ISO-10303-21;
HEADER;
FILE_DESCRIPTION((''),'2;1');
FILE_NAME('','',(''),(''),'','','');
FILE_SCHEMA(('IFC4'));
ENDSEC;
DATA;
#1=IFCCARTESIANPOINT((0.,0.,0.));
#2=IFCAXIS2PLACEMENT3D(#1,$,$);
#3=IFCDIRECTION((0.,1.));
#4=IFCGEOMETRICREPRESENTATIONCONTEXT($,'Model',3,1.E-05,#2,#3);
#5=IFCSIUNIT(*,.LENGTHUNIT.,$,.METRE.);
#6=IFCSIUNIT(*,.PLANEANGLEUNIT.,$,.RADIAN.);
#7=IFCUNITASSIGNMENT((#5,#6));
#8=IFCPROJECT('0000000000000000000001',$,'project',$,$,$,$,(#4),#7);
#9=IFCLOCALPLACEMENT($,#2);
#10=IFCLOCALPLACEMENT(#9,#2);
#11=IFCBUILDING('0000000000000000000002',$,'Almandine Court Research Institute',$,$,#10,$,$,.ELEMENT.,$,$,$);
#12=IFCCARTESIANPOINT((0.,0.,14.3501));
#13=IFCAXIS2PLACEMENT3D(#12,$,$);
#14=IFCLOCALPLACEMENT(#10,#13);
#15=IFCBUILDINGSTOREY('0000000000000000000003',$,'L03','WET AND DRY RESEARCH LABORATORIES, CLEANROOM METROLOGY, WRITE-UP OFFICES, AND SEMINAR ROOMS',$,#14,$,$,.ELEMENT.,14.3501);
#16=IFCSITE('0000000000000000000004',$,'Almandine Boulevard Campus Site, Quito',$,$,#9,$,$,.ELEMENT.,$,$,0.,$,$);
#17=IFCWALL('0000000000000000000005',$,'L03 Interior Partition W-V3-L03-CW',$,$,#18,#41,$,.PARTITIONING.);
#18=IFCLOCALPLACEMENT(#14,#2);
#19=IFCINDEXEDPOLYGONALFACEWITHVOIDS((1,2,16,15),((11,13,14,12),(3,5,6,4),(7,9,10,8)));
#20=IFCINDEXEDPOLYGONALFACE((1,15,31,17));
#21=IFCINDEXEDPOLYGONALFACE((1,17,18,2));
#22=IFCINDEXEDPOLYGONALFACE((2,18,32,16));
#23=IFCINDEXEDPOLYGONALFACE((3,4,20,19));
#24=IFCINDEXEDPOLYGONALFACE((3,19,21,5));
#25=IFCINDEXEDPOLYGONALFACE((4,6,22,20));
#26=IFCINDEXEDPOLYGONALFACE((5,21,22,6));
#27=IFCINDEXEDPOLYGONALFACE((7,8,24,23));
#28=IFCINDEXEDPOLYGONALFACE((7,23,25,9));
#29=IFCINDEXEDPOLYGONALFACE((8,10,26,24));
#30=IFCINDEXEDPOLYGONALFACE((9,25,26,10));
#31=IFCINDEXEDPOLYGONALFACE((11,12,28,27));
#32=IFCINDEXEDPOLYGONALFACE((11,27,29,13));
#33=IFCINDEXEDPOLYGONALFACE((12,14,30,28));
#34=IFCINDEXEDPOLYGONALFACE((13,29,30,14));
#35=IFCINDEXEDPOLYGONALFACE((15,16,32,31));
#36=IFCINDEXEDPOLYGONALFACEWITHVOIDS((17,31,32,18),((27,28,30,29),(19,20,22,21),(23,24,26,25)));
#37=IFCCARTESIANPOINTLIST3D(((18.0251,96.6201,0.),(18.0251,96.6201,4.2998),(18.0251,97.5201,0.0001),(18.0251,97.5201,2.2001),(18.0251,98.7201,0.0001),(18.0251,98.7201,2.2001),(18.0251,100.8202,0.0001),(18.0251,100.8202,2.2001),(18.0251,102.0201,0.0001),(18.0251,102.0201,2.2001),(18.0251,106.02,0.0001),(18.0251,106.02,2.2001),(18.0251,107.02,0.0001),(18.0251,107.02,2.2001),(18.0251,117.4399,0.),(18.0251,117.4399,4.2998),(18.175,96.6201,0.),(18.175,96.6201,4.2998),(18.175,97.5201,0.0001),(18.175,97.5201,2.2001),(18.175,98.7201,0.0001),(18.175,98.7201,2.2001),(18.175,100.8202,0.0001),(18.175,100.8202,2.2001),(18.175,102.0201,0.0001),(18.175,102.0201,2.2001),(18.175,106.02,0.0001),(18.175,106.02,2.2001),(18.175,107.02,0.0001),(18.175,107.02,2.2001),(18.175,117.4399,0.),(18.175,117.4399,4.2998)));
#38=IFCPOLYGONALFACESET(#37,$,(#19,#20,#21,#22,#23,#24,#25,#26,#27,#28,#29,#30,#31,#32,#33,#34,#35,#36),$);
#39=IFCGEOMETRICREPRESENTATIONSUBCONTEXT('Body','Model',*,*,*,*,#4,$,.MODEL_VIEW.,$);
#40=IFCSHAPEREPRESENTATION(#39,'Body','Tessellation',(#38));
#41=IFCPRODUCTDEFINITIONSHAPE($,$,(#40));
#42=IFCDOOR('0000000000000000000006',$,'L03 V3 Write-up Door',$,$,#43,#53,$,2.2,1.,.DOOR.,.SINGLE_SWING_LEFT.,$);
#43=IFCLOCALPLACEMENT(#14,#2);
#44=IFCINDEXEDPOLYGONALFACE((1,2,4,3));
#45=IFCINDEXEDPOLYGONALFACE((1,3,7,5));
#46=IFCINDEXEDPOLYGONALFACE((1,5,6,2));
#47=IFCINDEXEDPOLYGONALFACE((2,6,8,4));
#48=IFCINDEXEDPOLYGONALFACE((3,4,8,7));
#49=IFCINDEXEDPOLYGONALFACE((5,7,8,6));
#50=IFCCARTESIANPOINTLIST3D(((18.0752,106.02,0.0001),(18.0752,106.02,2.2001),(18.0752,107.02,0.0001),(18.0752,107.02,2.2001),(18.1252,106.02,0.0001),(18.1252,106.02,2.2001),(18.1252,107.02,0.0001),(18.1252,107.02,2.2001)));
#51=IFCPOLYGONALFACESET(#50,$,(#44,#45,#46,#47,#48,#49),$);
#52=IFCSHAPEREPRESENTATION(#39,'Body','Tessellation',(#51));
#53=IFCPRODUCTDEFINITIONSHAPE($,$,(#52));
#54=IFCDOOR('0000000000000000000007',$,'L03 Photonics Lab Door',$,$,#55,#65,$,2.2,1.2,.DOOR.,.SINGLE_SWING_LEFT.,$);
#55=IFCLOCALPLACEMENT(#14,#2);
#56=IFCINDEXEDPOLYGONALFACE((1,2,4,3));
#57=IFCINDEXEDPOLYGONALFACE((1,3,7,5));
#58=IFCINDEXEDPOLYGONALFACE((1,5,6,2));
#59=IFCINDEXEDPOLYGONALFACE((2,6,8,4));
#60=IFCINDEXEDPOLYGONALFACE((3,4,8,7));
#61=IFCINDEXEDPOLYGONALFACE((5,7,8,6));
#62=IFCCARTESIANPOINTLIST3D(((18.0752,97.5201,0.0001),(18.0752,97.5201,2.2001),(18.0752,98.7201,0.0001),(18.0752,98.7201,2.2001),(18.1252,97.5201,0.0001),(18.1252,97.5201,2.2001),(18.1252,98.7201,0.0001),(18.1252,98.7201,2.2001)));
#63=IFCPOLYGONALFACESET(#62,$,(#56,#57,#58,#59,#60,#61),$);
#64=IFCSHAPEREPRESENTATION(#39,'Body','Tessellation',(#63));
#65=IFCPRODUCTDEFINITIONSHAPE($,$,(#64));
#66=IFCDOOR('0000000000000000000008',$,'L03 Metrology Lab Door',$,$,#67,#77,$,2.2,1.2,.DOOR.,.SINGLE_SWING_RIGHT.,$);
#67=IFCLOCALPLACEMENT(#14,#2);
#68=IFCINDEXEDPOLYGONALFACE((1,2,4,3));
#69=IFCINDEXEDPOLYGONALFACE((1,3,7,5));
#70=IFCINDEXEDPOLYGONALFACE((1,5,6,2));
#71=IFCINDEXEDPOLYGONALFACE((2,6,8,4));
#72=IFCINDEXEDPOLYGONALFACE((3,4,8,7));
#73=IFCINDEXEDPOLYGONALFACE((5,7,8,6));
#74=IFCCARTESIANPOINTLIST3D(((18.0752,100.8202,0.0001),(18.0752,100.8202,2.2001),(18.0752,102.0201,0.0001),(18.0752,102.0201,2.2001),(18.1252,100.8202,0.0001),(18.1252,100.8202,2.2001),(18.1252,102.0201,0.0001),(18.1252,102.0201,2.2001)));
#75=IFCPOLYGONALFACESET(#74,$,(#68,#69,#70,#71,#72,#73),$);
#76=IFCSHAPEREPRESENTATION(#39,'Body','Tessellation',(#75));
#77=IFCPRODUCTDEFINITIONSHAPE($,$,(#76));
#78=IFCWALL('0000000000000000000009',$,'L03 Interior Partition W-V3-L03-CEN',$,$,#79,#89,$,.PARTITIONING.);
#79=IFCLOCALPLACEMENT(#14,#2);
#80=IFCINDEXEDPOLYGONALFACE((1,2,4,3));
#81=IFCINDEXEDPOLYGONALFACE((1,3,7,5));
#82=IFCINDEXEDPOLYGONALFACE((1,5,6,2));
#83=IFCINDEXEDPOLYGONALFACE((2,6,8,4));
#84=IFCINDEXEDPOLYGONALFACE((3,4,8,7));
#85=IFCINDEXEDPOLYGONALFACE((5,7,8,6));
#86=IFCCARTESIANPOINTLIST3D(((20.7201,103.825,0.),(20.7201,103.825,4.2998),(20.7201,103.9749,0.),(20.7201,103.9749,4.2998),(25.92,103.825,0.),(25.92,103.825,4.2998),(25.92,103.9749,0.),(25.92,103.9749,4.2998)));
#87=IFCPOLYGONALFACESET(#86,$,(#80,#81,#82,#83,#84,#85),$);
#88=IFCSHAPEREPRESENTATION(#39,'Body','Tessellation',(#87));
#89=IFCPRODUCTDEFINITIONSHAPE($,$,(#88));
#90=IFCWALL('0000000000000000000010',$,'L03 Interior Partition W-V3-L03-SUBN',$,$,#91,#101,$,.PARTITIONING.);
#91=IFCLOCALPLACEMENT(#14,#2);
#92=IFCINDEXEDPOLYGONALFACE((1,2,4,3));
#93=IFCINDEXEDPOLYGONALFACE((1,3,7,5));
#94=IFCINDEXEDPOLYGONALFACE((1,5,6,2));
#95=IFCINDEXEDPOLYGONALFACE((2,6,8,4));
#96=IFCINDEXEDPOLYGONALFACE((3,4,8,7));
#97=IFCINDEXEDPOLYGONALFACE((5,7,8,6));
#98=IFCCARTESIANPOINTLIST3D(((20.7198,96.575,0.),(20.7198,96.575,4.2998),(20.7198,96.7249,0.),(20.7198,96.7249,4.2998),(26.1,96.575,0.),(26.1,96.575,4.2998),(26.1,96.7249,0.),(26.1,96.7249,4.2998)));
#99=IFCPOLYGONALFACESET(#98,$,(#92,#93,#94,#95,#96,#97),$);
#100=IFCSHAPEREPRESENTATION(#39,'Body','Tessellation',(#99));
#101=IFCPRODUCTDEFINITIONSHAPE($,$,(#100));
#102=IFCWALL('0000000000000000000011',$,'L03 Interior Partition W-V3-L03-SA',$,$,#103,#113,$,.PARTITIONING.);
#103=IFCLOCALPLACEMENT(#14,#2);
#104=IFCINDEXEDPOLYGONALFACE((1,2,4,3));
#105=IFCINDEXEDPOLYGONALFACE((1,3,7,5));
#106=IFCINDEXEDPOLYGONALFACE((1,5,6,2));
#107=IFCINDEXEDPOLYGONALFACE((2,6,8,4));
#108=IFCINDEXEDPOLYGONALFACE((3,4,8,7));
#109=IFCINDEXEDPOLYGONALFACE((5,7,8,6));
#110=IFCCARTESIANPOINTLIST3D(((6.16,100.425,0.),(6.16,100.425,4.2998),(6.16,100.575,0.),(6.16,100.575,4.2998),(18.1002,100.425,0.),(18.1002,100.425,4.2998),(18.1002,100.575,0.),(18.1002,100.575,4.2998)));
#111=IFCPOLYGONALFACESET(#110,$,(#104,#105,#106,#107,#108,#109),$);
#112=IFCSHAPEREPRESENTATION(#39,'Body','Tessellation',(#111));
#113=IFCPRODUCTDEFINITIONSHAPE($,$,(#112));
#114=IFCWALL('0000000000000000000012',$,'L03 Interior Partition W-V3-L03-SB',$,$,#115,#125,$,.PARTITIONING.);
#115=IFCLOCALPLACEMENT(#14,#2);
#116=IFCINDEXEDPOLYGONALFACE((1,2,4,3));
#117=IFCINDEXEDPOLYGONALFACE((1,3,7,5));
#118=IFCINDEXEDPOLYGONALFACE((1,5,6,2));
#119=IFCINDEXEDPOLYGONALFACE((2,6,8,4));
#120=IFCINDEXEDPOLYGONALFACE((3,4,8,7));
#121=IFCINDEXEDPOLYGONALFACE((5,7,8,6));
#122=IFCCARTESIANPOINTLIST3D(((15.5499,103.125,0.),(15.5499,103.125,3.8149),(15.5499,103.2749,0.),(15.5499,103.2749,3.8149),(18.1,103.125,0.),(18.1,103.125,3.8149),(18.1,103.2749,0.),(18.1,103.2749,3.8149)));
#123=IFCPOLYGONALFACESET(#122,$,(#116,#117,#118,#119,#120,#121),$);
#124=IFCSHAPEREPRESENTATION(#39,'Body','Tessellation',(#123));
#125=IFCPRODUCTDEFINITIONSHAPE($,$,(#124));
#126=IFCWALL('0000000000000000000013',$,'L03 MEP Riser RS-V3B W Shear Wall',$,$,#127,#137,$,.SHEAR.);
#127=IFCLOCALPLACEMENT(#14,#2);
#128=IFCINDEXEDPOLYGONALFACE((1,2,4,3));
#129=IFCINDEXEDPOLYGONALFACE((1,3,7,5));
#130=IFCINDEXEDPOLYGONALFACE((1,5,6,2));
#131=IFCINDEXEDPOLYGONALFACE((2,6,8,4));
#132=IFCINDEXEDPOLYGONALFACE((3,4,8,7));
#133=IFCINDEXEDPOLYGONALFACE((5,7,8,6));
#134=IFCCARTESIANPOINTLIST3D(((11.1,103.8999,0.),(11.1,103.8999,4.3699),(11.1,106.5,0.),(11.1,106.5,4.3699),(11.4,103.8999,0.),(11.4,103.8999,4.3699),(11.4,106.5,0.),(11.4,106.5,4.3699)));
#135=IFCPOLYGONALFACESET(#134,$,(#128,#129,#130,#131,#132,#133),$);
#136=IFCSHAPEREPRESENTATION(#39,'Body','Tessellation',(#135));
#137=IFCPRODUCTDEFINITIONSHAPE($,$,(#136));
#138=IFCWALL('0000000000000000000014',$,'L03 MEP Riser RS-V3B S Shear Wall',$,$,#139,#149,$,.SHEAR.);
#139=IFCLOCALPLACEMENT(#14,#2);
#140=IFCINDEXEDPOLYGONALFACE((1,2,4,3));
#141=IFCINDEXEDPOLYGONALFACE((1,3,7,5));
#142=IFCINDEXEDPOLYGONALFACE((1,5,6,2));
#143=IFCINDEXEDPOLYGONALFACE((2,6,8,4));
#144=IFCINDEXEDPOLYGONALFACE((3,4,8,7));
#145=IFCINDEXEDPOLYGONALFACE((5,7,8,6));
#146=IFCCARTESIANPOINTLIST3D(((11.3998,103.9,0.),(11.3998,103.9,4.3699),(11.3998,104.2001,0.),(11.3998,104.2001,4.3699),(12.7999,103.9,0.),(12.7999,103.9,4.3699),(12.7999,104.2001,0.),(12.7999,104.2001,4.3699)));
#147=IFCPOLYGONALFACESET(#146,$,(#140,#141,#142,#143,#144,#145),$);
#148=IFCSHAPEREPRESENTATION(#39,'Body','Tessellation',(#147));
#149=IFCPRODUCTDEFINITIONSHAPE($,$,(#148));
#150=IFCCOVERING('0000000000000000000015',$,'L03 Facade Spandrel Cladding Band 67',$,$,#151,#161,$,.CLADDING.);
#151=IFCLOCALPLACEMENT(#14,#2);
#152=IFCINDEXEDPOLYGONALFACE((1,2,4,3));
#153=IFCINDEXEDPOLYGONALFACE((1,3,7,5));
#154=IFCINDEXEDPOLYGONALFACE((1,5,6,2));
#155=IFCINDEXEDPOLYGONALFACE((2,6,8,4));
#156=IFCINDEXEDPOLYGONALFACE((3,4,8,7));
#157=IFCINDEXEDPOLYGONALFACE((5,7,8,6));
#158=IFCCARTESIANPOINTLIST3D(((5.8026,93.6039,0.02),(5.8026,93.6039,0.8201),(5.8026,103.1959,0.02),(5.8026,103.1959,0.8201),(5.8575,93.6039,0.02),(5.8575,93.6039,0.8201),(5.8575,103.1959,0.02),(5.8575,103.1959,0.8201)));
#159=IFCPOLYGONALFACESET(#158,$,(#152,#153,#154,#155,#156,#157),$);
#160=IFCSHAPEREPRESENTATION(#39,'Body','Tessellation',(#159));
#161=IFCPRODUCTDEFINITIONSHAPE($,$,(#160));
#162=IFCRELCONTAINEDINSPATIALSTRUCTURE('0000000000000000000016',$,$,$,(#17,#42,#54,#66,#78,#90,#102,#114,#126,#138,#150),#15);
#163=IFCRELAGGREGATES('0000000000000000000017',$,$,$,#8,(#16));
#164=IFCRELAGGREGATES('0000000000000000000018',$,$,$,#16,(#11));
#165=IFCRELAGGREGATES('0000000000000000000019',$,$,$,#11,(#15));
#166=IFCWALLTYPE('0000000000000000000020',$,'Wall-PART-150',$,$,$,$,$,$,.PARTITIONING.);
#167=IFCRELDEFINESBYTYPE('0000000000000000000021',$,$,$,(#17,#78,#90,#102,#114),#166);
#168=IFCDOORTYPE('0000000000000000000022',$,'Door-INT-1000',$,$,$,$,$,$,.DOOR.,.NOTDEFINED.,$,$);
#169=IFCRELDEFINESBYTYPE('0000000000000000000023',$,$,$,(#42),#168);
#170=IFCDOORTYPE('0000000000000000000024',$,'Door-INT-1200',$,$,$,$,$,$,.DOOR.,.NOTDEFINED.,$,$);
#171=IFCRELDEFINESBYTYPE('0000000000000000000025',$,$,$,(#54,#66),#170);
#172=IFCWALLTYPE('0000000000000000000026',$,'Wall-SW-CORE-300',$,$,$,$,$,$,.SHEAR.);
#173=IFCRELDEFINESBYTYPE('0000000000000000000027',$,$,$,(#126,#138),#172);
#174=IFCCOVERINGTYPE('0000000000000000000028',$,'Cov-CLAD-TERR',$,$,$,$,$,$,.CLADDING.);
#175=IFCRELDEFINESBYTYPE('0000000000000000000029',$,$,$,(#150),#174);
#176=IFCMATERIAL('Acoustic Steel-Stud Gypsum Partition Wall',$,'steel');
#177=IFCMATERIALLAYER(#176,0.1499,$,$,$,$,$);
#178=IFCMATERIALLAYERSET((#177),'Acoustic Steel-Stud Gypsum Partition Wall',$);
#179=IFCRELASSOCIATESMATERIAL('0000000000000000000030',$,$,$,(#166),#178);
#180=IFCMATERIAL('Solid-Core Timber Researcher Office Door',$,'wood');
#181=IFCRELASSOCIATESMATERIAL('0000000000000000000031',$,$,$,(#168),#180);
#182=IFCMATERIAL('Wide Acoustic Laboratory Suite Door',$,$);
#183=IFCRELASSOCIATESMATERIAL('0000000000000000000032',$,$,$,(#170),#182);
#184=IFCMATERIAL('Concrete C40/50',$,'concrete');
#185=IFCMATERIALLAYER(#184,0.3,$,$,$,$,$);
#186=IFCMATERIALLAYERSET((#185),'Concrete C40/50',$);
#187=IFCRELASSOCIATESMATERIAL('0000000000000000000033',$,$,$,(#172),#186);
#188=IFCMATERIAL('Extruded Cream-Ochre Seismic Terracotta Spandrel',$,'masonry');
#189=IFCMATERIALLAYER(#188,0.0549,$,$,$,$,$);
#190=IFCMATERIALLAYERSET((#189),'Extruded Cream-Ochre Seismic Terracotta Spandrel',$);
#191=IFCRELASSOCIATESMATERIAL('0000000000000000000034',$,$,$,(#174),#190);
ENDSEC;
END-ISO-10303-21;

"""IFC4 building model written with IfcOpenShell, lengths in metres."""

from ifc_helpers import new_model, si_unit, direction, frame, frame_2d, origin, origin_2d, place, context, subcontext, project, spatial, rectangle, extrude, material, layer, layer_set, type_object, element, fill, save


model = new_model("IFC4")

# Units and contexts
model_context = context("Model", 3, precision=1e-05, world=origin(), true_north=direction((0.0, 1.0)))
body_context = subcontext(model_context, "Body", "Model", "MODEL_VIEW")
ifc_project = project(units=[si_unit("LENGTHUNIT", "METRE"), si_unit("PLANEANGLEUNIT", "RADIAN")], contexts=[model_context])

# Site, building, storey
site_placement = place(None, origin())
site = spatial("IfcSite", under=ifc_project, at=site_placement, Name="Almandine Boulevard Campus Site, Quito", CompositionType="ELEMENT", RefElevation=0.0)
building_placement = place(site_placement, origin())
building = spatial("IfcBuilding", under=site, at=building_placement, Name="Almandine Court Research Institute", CompositionType="ELEMENT")
storey_placement = place(building_placement, frame((0.0, 0.0, 14.3501)))
storey = spatial("IfcBuildingStorey", under=building, at=storey_placement, Name="L03", Description="WET AND DRY RESEARCH LABORATORIES, CLEANROOM METROLOGY, WRITE-UP OFFICES, AND SEMINAR ROOMS", CompositionType="ELEMENT", Elevation=14.3501)

# Shared definitions
ifc_material_1 = material(Name="Acoustic Steel-Stud Gypsum Partition Wall", Category="steel")
ifc_layer_1 = layer(ifc_material_1, 0.1499)
ifc_layer_set_1 = layer_set([ifc_layer_1], Name="Acoustic Steel-Stud Gypsum Partition Wall")
wall_type_1 = type_object("IfcWallType", Name="Wall-PART-150", PredefinedType="PARTITIONING", material=ifc_layer_set_1)

# Wall, openings, doors
wall_1_placement = place(storey_placement, frame((18.1001, 96.6201, 0.0), z_axis=(0.0, 0.0, 1.0), x_axis=(0.0, 1.0, 0.0)))
wall_1 = element("IfcWall", 1, at=wall_1_placement, inside=storey, type_object=wall_type_1, Name="L03 Interior Partition W-V3-L03-CW", PredefinedType="PARTITIONING", context=body_context, shape_type="SweptSolid", body=[
    extrude(rectangle(XDim=20.8198, YDim=0.1499, at=frame_2d((10.4099, 0.0))), origin(), (0.0, 0.0, 1.0), 4.2998),
])
opening_1_placement = place(wall_1_placement, frame((0.8999, 0.0, 0.0)))
opening_1 = element("IfcOpeningElement", 2, at=opening_1_placement, cuts=wall_1, PredefinedType="OPENING", context=body_context, shape_type="SweptSolid", body=[
    extrude(rectangle(XDim=1.2, YDim=2.2, at=frame_2d((0.6001, 1.1001))), frame((0.0, 0.085, 0.0), z_axis=(0.0, -1.0, 0.0), x_axis=(1.0, 0.0, 0.0)), (0.0, 0.0, 1.0), 0.1699),
])
opening_2_placement = place(wall_1_placement, frame((4.2, 0.0, 0.0)))
opening_2 = element("IfcOpeningElement", 3, at=opening_2_placement, cuts=wall_1, PredefinedType="OPENING", context=body_context, shape_type="SweptSolid", body=[
    extrude(rectangle(XDim=1.2, YDim=2.2, at=frame_2d((0.6001, 1.1001))), frame((0.0, 0.085, 0.0), z_axis=(0.0, -1.0, 0.0), x_axis=(1.0, 0.0, 0.0)), (0.0, 0.0, 1.0), 0.1699),
])
opening_3_placement = place(wall_1_placement, frame((9.3999, 0.0, 0.0)))
opening_3 = element("IfcOpeningElement", 4, at=opening_3_placement, cuts=wall_1, PredefinedType="OPENING", context=body_context, shape_type="SweptSolid", body=[
    extrude(rectangle(XDim=1.0, YDim=2.2, at=frame_2d((0.5, 1.1001))), frame((0.0, 0.085, 0.0), z_axis=(0.0, -1.0, 0.0), x_axis=(1.0, 0.0, 0.0)), (0.0, 0.0, 1.0), 0.1699),
])
ifc_material_2 = material(Name="Solid-Core Timber Researcher Office Door", Category="wood")
door_type_1 = type_object("IfcDoorType", Name="Door-INT-1000", OperationType="NOTDEFINED", PredefinedType="DOOR", material=ifc_material_2)
door_1_placement = place(opening_3_placement, origin())
door_1 = element("IfcDoor", 5, at=door_1_placement, inside=storey, type_object=door_type_1, Name="L03 V3 Write-up Door", OperationType="SINGLE_SWING_LEFT", OverallHeight=2.2, OverallWidth=1.0, PredefinedType="DOOR", context=body_context, shape_type="SweptSolid", body=[
    extrude(rectangle(XDim=1.0, YDim=2.2, at=frame_2d((0.5, 1.1001))), frame((0.0, 0.0249, 0.0), z_axis=(0.0, -1.0, 0.0), x_axis=(1.0, 0.0, 0.0)), (0.0, 0.0, 1.0), 0.05),
])
fill(opening_3, door_1)
ifc_material_3 = material(Name="Wide Acoustic Laboratory Suite Door")
door_type_2 = type_object("IfcDoorType", Name="Door-INT-1200", OperationType="NOTDEFINED", PredefinedType="DOOR", material=ifc_material_3)
door_2_placement = place(opening_1_placement, origin())
door_2 = element("IfcDoor", 6, at=door_2_placement, inside=storey, type_object=door_type_2, Name="L03 Photonics Lab Door", OperationType="SINGLE_SWING_LEFT", OverallHeight=2.2, OverallWidth=1.2, PredefinedType="DOOR", context=body_context, shape_type="SweptSolid", body=[
    extrude(rectangle(XDim=1.2, YDim=2.2, at=frame_2d((0.6001, 1.1001))), frame((0.0, 0.0249, 0.0), z_axis=(0.0, -1.0, 0.0), x_axis=(1.0, 0.0, 0.0)), (0.0, 0.0, 1.0), 0.05),
])
fill(opening_1, door_2)
door_3_placement = place(opening_2_placement, origin())
door_3 = element("IfcDoor", 7, at=door_3_placement, inside=storey, type_object=door_type_2, Name="L03 Metrology Lab Door", OperationType="SINGLE_SWING_RIGHT", OverallHeight=2.2, OverallWidth=1.2, PredefinedType="DOOR", context=body_context, shape_type="SweptSolid", body=[
    extrude(rectangle(XDim=1.2, YDim=2.2, at=frame_2d((0.6001, 1.1001))), frame((0.0, 0.0249, 0.0), z_axis=(0.0, -1.0, 0.0), x_axis=(1.0, 0.0, 0.0)), (0.0, 0.0, 1.0), 0.05),
])
fill(opening_2, door_3)

# Walls
wall_2_placement = place(storey_placement, frame((20.72, 103.8999, 0.0), z_axis=(0.0, 0.0, 1.0), x_axis=(1.0, 0.0, 0.0)))
element("IfcWall", 8, at=wall_2_placement, inside=storey, type_object=wall_type_1, Name="L03 Interior Partition W-V3-L03-CEN", PredefinedType="PARTITIONING", context=body_context, shape_type="SweptSolid", body=[
    extrude(rectangle(XDim=5.2, YDim=0.1499, at=frame_2d((2.6001, 0.0))), origin(), (0.0, 0.0, 1.0), 4.2998),
])
wall_3_placement = place(storey_placement, frame((20.72, 96.6499, 0.0), z_axis=(0.0, 0.0, 1.0), x_axis=(1.0, 0.0, 0.0)))
element("IfcWall", 9, at=wall_3_placement, inside=storey, type_object=wall_type_1, Name="L03 Interior Partition W-V3-L03-SUBN", PredefinedType="PARTITIONING", context=body_context, shape_type="SweptSolid", body=[
    extrude(rectangle(XDim=5.3801, YDim=0.1499, at=frame_2d((2.6899, 0.0))), origin(), (0.0, 0.0, 1.0), 4.2998),
])
wall_4_placement = place(storey_placement, frame((6.1599, 100.5, 0.0), z_axis=(0.0, 0.0, 1.0), x_axis=(1.0, 0.0, 0.0)))
element("IfcWall", 10, at=wall_4_placement, inside=storey, type_object=wall_type_1, Name="L03 Interior Partition W-V3-L03-SA", PredefinedType="PARTITIONING", context=body_context, shape_type="SweptSolid", body=[
    extrude(rectangle(XDim=11.9402, YDim=0.1499, at=frame_2d((5.9702, 0.0))), origin(), (0.0, 0.0, 1.0), 4.2998),
])
wall_5_placement = place(storey_placement, frame((15.55, 103.2, 0.0), z_axis=(0.0, 0.0, 1.0), x_axis=(1.0, 0.0, 0.0)))
element("IfcWall", 11, at=wall_5_placement, inside=storey, type_object=wall_type_1, Name="L03 Interior Partition W-V3-L03-SB", PredefinedType="PARTITIONING", context=body_context, shape_type="SweptSolid", body=[
    extrude(rectangle(XDim=2.55, YDim=0.1499, at=frame_2d((1.2749, 0.0))), origin(), (0.0, 0.0, 1.0), 3.8149),
])
ifc_material_4 = material(Name="Concrete C40/50", Category="concrete")
ifc_layer_2 = layer(ifc_material_4, 0.3)
ifc_layer_set_2 = layer_set([ifc_layer_2], Name="Concrete C40/50")
wall_type_2 = type_object("IfcWallType", Name="Wall-SW-CORE-300", PredefinedType="SHEAR", material=ifc_layer_set_2)
wall_6_placement = place(storey_placement, frame((11.25, 103.8999, 0.0), z_axis=(0.0, 0.0, 1.0), x_axis=(0.0, 1.0, 0.0)))
element("IfcWall", 12, at=wall_6_placement, inside=storey, type_object=wall_type_2, Name="L03 MEP Riser RS-V3B W Shear Wall", PredefinedType="SHEAR", context=body_context, shape_type="SweptSolid", body=[
    extrude(rectangle(XDim=2.6001, YDim=0.3, at=frame_2d((1.3, 0.0))), origin(), (0.0, 0.0, 1.0), 4.3699),
])
wall_7_placement = place(storey_placement, frame((12.8, 104.05, 0.0), z_axis=(0.0, 0.0, 1.0), x_axis=(-1.0, 0.0, 0.0)))
element("IfcWall", 13, at=wall_7_placement, inside=storey, type_object=wall_type_2, Name="L03 MEP Riser RS-V3B S Shear Wall", PredefinedType="SHEAR", context=body_context, shape_type="SweptSolid", body=[
    extrude(rectangle(XDim=1.4001, YDim=0.3, at=frame_2d((0.7002, 0.0))), origin(), (0.0, 0.0, 1.0), 4.3699),
])

# Covering
ifc_material_5 = material(Name="Extruded Cream-Ochre Seismic Terracotta Spandrel", Category="masonry")
ifc_layer_3 = layer(ifc_material_5, 0.0549)
ifc_layer_set_3 = layer_set([ifc_layer_3], Name="Extruded Cream-Ochre Seismic Terracotta Spandrel")
covering_type = type_object("IfcCoveringType", Name="Cov-CLAD-TERR", PredefinedType="CLADDING", material=ifc_layer_set_3)
covering_placement = place(storey_placement, frame((5.8301, 98.3999, 0.02), z_axis=(0.0, 0.0, 1.0), x_axis=(0.0, 1.0, 0.0)))
element("IfcCovering", 14, at=covering_placement, inside=storey, type_object=covering_type, Name="L03 Facade Spandrel Cladding Band 67", PredefinedType="CLADDING", context=body_context, shape_type="SweptSolid", body=[
    extrude(rectangle(XDim=9.592, YDim=0.0549, at=origin_2d()), origin(), (0.0, 0.0, 1.0), 0.8),
])

save(model, "model.ifc")
